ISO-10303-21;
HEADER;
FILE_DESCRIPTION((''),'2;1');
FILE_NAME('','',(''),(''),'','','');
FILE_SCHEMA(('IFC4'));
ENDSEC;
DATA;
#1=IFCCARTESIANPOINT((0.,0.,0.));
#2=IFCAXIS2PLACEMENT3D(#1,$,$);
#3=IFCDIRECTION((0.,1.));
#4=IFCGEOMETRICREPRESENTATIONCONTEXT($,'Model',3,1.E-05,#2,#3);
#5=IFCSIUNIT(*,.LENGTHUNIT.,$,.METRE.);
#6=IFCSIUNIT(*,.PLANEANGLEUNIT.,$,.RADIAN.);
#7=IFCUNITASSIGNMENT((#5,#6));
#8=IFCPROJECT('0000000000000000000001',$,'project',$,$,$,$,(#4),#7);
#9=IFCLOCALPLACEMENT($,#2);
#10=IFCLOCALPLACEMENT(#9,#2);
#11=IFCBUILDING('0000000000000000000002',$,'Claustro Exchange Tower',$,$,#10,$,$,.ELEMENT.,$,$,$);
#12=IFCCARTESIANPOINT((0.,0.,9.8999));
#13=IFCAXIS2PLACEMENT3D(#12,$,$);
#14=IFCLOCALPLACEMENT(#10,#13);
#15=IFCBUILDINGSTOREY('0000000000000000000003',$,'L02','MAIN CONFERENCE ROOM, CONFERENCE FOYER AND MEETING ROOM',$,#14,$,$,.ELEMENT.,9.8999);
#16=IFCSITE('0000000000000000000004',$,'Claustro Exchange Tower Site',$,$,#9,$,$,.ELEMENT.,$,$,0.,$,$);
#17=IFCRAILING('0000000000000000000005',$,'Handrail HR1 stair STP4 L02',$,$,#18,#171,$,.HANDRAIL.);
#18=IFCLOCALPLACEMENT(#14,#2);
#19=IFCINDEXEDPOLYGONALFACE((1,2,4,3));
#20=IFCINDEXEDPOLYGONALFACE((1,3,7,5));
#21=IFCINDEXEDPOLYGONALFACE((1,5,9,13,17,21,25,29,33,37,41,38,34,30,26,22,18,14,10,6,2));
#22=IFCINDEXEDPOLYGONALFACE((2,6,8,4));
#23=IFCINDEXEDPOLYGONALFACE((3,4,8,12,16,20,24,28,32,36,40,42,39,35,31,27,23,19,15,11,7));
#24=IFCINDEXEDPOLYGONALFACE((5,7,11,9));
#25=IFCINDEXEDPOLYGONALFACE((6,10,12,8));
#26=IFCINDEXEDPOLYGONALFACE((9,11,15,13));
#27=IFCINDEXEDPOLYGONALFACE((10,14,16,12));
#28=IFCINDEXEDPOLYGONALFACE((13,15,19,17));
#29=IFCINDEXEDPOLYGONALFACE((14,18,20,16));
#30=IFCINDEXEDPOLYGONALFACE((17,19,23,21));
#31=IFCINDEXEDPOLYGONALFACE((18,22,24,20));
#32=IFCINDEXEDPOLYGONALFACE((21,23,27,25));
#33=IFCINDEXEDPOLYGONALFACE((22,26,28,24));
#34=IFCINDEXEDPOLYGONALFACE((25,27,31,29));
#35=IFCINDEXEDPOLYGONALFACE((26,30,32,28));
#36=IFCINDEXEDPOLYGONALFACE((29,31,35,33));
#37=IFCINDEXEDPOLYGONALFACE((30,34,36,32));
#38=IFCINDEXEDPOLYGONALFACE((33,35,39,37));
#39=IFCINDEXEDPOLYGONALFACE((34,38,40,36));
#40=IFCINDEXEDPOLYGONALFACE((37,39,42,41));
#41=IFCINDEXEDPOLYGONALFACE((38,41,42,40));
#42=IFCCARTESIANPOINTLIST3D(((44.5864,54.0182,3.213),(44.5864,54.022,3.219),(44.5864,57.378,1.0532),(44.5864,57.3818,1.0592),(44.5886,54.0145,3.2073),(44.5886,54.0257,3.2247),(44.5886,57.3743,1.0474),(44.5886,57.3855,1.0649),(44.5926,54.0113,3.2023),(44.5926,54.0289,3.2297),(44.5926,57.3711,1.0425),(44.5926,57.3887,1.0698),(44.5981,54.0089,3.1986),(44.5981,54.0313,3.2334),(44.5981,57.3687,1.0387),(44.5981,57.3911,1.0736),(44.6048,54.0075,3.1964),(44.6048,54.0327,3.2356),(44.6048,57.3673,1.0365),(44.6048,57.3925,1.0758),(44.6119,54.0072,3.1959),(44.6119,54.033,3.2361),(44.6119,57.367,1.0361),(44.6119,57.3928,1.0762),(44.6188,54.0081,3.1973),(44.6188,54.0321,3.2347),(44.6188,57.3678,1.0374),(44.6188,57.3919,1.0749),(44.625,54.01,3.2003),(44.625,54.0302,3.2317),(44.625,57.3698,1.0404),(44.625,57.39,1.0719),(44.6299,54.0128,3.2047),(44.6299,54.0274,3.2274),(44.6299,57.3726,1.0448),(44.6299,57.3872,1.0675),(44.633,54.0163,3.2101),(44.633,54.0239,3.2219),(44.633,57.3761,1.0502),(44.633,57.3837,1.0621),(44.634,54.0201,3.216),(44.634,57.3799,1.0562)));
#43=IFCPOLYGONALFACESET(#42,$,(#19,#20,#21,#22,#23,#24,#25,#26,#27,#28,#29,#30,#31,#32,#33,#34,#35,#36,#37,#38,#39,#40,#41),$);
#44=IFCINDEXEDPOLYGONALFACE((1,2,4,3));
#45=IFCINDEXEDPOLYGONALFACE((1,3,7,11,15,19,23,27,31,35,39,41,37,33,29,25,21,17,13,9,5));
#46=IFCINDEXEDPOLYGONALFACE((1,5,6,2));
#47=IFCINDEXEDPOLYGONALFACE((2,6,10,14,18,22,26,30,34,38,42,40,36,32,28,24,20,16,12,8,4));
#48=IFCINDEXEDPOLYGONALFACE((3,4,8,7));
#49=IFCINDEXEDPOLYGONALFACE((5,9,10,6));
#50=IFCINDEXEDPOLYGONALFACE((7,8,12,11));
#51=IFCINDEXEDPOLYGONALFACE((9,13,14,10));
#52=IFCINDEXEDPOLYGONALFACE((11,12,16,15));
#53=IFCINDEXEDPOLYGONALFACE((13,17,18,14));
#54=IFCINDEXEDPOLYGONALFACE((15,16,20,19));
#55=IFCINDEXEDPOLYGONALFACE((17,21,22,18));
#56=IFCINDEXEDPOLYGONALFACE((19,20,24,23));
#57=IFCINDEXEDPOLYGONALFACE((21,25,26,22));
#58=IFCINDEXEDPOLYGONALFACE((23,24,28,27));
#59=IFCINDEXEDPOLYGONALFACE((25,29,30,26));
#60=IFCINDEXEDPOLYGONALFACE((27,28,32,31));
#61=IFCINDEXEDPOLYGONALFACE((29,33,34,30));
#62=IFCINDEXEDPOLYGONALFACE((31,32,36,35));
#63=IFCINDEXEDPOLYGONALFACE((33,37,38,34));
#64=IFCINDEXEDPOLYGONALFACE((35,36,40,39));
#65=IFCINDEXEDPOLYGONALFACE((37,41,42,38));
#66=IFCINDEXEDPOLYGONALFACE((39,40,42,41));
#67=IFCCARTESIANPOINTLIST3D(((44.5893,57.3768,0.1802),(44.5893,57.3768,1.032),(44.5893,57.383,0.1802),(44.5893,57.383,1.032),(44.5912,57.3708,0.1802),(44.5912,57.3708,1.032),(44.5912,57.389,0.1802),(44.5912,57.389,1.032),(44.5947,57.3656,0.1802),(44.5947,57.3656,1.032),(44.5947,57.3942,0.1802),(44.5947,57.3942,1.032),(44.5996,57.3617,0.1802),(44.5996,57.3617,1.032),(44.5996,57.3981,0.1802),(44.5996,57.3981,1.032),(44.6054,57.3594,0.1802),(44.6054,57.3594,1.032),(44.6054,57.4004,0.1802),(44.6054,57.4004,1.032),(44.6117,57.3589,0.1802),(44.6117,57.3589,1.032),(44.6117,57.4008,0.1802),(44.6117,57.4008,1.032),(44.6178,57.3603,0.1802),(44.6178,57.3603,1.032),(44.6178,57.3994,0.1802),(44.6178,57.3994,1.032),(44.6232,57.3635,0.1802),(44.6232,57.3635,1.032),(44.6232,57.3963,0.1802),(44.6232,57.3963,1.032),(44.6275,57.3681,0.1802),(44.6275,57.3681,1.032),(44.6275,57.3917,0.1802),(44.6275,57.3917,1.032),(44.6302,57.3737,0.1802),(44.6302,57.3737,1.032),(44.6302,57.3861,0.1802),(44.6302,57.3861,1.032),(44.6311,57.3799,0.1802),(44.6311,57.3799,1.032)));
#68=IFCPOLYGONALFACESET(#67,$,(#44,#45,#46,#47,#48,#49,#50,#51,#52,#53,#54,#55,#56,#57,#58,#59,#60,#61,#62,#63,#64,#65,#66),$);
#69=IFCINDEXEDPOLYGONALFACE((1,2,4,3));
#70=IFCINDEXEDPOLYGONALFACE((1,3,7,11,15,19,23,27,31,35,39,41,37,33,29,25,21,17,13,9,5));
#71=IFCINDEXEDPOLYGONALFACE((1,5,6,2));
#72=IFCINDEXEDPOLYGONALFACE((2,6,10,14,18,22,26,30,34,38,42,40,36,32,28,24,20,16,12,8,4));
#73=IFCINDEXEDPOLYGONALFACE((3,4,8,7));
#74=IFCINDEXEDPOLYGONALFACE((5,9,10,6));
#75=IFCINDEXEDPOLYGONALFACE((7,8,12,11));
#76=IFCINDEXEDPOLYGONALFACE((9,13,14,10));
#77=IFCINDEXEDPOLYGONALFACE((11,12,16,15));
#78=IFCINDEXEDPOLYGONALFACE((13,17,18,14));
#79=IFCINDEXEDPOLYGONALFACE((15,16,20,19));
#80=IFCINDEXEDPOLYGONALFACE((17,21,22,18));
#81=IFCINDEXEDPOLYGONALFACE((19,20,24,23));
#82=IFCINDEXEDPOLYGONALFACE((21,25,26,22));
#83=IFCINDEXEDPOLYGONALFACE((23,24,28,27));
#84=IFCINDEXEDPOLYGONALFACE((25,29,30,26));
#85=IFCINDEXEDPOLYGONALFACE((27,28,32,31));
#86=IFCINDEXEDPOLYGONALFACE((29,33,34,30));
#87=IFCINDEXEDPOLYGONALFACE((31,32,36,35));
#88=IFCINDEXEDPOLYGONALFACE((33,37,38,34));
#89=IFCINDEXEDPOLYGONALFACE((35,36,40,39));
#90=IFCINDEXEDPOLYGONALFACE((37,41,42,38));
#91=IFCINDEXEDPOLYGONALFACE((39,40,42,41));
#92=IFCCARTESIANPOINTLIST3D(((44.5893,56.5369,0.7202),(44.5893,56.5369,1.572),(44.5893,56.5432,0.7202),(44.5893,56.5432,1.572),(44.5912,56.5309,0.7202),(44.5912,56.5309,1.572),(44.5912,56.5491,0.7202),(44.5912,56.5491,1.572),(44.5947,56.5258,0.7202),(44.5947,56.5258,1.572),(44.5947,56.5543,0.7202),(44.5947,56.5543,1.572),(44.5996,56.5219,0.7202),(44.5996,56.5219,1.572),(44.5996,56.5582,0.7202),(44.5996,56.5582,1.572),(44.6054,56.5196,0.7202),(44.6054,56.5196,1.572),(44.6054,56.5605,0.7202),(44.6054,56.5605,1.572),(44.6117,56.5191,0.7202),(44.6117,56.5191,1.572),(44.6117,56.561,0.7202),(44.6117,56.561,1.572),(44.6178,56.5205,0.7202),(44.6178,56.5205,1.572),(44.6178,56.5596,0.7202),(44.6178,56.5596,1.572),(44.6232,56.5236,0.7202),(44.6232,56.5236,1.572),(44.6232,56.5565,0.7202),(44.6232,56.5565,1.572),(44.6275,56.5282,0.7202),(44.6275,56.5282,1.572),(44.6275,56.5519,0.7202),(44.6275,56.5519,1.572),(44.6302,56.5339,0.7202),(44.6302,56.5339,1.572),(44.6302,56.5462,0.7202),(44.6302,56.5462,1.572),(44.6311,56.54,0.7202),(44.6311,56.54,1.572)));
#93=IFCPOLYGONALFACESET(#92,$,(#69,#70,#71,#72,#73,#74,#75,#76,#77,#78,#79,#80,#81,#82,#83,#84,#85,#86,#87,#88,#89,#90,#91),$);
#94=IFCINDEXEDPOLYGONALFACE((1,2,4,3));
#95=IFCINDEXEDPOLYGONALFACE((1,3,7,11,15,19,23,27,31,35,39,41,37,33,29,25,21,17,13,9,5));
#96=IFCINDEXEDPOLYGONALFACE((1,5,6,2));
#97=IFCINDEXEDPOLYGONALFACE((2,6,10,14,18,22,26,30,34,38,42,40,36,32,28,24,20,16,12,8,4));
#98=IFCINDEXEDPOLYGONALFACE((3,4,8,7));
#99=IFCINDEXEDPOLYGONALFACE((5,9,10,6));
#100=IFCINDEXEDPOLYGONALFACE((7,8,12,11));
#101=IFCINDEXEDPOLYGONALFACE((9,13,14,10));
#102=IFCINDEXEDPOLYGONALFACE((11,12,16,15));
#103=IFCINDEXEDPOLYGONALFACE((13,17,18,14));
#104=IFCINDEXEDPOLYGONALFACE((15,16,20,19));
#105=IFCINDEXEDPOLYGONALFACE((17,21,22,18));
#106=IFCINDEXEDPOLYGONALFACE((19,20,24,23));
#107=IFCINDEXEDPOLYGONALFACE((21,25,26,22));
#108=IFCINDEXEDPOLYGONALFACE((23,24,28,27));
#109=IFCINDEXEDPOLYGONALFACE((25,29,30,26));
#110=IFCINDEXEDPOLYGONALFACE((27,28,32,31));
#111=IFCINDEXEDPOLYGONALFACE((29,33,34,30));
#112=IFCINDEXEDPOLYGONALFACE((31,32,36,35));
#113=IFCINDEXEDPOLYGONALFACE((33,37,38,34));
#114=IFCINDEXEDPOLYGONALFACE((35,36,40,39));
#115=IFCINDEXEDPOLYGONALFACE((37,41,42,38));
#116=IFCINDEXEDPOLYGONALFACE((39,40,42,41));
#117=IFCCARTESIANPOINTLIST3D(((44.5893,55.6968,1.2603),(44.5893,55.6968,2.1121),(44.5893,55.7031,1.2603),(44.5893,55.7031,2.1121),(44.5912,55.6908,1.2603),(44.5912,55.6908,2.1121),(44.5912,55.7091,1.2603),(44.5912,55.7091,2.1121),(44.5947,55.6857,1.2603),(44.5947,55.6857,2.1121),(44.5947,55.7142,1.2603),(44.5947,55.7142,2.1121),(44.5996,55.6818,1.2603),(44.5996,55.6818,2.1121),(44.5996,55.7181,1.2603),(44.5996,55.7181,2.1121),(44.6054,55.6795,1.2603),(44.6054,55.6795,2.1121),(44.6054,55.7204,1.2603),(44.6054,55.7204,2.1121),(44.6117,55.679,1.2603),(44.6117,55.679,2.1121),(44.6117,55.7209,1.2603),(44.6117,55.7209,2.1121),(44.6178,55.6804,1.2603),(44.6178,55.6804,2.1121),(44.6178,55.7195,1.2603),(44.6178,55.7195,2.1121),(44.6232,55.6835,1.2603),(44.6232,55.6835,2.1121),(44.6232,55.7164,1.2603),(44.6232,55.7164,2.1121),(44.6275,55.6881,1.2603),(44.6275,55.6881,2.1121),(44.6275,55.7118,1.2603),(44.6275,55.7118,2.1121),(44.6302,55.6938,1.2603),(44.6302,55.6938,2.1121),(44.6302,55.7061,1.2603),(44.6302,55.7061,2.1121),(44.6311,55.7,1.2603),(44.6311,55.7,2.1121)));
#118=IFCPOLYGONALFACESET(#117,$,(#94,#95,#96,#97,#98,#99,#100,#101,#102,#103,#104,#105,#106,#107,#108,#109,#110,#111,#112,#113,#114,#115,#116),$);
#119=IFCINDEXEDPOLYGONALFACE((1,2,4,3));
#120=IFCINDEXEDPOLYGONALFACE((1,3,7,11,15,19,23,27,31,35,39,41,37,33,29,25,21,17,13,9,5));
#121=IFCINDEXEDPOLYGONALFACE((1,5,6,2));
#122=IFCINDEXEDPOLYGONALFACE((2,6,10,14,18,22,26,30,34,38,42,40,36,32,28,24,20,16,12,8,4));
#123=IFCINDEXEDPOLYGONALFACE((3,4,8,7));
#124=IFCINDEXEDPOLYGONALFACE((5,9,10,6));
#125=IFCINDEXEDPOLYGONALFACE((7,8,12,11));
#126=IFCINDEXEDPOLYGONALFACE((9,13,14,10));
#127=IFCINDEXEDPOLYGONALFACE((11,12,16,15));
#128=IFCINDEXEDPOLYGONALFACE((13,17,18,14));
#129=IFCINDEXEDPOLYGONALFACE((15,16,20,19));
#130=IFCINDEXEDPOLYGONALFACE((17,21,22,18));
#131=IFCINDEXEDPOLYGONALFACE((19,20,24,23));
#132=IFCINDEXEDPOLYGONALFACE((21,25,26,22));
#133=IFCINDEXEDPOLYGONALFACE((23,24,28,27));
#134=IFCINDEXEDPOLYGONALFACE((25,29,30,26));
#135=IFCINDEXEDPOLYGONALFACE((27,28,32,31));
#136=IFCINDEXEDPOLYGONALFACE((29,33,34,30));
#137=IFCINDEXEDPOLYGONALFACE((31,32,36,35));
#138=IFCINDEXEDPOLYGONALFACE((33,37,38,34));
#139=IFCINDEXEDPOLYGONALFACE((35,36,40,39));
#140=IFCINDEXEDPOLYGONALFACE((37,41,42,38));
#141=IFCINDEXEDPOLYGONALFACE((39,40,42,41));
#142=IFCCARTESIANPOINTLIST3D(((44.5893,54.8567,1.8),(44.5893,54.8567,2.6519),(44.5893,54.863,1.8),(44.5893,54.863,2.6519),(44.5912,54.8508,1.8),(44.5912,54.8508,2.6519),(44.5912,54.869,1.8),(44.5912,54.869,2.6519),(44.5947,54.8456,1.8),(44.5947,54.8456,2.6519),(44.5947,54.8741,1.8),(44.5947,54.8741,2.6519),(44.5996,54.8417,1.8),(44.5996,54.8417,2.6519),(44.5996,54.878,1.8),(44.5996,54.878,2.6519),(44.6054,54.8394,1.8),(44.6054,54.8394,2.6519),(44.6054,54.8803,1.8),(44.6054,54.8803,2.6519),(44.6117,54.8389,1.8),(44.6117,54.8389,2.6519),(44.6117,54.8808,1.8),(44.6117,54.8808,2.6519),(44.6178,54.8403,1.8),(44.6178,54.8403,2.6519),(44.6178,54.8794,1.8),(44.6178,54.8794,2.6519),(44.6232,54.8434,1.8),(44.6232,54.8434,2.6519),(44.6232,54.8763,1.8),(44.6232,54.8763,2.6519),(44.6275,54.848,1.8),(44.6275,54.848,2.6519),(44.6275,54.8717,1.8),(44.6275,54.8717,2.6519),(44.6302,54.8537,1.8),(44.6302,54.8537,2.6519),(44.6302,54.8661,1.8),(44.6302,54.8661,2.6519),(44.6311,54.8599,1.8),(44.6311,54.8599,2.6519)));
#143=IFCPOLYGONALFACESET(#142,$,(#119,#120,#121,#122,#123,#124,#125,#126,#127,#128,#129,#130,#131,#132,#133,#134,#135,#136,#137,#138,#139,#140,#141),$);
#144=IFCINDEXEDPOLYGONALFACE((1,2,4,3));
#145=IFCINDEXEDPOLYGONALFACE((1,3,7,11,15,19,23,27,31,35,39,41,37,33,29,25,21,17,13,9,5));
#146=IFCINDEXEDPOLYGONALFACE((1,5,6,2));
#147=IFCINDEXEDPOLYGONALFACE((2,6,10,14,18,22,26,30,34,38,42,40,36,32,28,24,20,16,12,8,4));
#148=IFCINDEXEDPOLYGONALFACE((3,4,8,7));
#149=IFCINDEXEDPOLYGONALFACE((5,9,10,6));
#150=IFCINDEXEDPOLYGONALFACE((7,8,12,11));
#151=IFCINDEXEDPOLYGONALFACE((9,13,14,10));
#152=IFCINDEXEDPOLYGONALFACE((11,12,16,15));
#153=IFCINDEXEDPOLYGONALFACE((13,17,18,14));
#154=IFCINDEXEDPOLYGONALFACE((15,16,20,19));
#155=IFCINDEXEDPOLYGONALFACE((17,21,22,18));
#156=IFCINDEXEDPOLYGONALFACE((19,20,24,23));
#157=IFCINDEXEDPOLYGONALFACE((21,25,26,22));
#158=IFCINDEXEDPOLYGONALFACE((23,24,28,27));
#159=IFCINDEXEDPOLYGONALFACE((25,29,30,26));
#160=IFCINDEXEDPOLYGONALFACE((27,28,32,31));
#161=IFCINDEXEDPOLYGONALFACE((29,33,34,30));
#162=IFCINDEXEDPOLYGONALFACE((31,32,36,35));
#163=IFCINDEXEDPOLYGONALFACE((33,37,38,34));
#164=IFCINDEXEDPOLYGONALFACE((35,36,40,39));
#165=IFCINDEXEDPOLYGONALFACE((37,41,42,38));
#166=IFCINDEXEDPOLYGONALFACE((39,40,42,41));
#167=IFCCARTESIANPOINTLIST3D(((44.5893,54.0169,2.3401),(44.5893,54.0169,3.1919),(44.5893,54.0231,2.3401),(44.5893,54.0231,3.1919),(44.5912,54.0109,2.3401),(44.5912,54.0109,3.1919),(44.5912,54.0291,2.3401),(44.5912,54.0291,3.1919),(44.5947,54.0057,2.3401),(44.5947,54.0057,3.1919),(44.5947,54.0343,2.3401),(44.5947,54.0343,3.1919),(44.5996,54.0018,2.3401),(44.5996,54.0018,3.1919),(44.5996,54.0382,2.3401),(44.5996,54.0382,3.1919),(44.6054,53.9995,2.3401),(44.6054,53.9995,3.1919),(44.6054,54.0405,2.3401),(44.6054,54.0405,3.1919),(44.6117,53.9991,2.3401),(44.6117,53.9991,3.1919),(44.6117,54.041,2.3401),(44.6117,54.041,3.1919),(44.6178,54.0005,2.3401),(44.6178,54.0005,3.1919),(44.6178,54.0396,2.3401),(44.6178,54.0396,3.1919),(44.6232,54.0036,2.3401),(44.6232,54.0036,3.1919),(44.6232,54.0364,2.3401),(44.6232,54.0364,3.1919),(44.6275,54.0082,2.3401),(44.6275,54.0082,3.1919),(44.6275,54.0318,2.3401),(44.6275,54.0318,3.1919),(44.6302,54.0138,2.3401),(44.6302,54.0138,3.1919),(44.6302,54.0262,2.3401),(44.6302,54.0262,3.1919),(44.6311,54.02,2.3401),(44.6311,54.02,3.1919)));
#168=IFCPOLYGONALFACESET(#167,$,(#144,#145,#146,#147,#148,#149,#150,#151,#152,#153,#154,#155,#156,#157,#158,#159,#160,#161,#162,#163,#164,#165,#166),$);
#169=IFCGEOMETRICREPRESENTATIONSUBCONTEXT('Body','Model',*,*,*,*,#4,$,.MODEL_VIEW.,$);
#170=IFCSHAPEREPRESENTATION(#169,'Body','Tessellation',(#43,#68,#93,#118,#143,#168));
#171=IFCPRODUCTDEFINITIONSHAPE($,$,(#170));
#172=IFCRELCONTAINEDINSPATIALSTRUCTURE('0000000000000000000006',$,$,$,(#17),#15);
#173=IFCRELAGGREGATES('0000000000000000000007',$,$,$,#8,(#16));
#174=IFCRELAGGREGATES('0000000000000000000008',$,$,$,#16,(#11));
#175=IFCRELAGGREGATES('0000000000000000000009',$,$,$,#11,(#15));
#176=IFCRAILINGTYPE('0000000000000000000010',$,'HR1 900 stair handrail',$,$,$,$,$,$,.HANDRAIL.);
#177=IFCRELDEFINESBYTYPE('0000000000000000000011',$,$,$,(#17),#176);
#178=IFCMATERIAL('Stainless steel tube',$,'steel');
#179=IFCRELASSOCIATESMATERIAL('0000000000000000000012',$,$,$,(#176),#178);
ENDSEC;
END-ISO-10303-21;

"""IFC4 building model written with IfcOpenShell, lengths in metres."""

from ifc_helpers import new_model, si_unit, direction, frame, origin, origin_2d, place, context, subcontext, project, spatial, circle, extrude, material, type_object, element, save


model = new_model("IFC4")

# Units and contexts
model_context = context("Model", 3, precision=1e-05, world=origin(), true_north=direction((0.0, 1.0)))
body_context = subcontext(model_context, "Body", "Model", "MODEL_VIEW")
ifc_project = project(units=[si_unit("LENGTHUNIT", "METRE"), si_unit("PLANEANGLEUNIT", "RADIAN")], contexts=[model_context])

# Site, building, storey
site_placement = place(None, origin())
site = spatial("IfcSite", under=ifc_project, at=site_placement, Name="Claustro Exchange Tower Site", CompositionType="ELEMENT", RefElevation=0.0)
building_placement = place(site_placement, origin())
building = spatial("IfcBuilding", under=site, at=building_placement, Name="Claustro Exchange Tower", CompositionType="ELEMENT")
storey_placement = place(building_placement, frame((0.0, 0.0, 9.8999)))
storey = spatial("IfcBuildingStorey", under=building, at=storey_placement, Name="L02", Description="MAIN CONFERENCE ROOM, CONFERENCE FOYER AND MEETING ROOM", CompositionType="ELEMENT", Elevation=9.8999)

# Railing
ifc_material_1 = material(Name="Stainless steel tube", Category="steel")
railing_type_1 = type_object("IfcRailingType", Name="HR1 900 stair handrail", PredefinedType="HANDRAIL", material=ifc_material_1)
railing_1_placement = place(storey_placement, frame((44.6101, 57.3799, 0.1802)))
element("IfcRailing", 1, at=railing_1_placement, inside=storey, type_object=railing_type_1, Name="Handrail HR1 stair STP4 L02", PredefinedType="HANDRAIL", context=body_context, shape_type="SweptSolid", body=[
    extrude(circle(Radius=0.0239, at=origin_2d()), frame((0.0, 0.0, 0.876), z_axis=(0.0, -0.841178, 0.540758), x_axis=(1.0, 0.0, 0.0)), (0.0, 0.0, 1.0), 3.9941),
    extrude(circle(Radius=0.021, at=origin_2d()), origin(), (0.0, 0.0, 1.0), 0.8518),
    extrude(circle(Radius=0.021, at=origin_2d()), frame((0.0, -0.8398, 0.54)), (0.0, 0.0, 1.0), 0.8518),
    extrude(circle(Radius=0.021, at=origin_2d()), frame((0.0, -1.6799, 1.0801)), (0.0, 0.0, 1.0), 0.8518),
    extrude(circle(Radius=0.021, at=origin_2d()), frame((0.0, -2.52, 1.6199)), (0.0, 0.0, 1.0), 0.8518),
    extrude(circle(Radius=0.021, at=origin_2d()), frame((0.0, -3.3599, 2.1599)), (0.0, 0.0, 1.0), 0.8518),
])

save(model, "model.ifc")
